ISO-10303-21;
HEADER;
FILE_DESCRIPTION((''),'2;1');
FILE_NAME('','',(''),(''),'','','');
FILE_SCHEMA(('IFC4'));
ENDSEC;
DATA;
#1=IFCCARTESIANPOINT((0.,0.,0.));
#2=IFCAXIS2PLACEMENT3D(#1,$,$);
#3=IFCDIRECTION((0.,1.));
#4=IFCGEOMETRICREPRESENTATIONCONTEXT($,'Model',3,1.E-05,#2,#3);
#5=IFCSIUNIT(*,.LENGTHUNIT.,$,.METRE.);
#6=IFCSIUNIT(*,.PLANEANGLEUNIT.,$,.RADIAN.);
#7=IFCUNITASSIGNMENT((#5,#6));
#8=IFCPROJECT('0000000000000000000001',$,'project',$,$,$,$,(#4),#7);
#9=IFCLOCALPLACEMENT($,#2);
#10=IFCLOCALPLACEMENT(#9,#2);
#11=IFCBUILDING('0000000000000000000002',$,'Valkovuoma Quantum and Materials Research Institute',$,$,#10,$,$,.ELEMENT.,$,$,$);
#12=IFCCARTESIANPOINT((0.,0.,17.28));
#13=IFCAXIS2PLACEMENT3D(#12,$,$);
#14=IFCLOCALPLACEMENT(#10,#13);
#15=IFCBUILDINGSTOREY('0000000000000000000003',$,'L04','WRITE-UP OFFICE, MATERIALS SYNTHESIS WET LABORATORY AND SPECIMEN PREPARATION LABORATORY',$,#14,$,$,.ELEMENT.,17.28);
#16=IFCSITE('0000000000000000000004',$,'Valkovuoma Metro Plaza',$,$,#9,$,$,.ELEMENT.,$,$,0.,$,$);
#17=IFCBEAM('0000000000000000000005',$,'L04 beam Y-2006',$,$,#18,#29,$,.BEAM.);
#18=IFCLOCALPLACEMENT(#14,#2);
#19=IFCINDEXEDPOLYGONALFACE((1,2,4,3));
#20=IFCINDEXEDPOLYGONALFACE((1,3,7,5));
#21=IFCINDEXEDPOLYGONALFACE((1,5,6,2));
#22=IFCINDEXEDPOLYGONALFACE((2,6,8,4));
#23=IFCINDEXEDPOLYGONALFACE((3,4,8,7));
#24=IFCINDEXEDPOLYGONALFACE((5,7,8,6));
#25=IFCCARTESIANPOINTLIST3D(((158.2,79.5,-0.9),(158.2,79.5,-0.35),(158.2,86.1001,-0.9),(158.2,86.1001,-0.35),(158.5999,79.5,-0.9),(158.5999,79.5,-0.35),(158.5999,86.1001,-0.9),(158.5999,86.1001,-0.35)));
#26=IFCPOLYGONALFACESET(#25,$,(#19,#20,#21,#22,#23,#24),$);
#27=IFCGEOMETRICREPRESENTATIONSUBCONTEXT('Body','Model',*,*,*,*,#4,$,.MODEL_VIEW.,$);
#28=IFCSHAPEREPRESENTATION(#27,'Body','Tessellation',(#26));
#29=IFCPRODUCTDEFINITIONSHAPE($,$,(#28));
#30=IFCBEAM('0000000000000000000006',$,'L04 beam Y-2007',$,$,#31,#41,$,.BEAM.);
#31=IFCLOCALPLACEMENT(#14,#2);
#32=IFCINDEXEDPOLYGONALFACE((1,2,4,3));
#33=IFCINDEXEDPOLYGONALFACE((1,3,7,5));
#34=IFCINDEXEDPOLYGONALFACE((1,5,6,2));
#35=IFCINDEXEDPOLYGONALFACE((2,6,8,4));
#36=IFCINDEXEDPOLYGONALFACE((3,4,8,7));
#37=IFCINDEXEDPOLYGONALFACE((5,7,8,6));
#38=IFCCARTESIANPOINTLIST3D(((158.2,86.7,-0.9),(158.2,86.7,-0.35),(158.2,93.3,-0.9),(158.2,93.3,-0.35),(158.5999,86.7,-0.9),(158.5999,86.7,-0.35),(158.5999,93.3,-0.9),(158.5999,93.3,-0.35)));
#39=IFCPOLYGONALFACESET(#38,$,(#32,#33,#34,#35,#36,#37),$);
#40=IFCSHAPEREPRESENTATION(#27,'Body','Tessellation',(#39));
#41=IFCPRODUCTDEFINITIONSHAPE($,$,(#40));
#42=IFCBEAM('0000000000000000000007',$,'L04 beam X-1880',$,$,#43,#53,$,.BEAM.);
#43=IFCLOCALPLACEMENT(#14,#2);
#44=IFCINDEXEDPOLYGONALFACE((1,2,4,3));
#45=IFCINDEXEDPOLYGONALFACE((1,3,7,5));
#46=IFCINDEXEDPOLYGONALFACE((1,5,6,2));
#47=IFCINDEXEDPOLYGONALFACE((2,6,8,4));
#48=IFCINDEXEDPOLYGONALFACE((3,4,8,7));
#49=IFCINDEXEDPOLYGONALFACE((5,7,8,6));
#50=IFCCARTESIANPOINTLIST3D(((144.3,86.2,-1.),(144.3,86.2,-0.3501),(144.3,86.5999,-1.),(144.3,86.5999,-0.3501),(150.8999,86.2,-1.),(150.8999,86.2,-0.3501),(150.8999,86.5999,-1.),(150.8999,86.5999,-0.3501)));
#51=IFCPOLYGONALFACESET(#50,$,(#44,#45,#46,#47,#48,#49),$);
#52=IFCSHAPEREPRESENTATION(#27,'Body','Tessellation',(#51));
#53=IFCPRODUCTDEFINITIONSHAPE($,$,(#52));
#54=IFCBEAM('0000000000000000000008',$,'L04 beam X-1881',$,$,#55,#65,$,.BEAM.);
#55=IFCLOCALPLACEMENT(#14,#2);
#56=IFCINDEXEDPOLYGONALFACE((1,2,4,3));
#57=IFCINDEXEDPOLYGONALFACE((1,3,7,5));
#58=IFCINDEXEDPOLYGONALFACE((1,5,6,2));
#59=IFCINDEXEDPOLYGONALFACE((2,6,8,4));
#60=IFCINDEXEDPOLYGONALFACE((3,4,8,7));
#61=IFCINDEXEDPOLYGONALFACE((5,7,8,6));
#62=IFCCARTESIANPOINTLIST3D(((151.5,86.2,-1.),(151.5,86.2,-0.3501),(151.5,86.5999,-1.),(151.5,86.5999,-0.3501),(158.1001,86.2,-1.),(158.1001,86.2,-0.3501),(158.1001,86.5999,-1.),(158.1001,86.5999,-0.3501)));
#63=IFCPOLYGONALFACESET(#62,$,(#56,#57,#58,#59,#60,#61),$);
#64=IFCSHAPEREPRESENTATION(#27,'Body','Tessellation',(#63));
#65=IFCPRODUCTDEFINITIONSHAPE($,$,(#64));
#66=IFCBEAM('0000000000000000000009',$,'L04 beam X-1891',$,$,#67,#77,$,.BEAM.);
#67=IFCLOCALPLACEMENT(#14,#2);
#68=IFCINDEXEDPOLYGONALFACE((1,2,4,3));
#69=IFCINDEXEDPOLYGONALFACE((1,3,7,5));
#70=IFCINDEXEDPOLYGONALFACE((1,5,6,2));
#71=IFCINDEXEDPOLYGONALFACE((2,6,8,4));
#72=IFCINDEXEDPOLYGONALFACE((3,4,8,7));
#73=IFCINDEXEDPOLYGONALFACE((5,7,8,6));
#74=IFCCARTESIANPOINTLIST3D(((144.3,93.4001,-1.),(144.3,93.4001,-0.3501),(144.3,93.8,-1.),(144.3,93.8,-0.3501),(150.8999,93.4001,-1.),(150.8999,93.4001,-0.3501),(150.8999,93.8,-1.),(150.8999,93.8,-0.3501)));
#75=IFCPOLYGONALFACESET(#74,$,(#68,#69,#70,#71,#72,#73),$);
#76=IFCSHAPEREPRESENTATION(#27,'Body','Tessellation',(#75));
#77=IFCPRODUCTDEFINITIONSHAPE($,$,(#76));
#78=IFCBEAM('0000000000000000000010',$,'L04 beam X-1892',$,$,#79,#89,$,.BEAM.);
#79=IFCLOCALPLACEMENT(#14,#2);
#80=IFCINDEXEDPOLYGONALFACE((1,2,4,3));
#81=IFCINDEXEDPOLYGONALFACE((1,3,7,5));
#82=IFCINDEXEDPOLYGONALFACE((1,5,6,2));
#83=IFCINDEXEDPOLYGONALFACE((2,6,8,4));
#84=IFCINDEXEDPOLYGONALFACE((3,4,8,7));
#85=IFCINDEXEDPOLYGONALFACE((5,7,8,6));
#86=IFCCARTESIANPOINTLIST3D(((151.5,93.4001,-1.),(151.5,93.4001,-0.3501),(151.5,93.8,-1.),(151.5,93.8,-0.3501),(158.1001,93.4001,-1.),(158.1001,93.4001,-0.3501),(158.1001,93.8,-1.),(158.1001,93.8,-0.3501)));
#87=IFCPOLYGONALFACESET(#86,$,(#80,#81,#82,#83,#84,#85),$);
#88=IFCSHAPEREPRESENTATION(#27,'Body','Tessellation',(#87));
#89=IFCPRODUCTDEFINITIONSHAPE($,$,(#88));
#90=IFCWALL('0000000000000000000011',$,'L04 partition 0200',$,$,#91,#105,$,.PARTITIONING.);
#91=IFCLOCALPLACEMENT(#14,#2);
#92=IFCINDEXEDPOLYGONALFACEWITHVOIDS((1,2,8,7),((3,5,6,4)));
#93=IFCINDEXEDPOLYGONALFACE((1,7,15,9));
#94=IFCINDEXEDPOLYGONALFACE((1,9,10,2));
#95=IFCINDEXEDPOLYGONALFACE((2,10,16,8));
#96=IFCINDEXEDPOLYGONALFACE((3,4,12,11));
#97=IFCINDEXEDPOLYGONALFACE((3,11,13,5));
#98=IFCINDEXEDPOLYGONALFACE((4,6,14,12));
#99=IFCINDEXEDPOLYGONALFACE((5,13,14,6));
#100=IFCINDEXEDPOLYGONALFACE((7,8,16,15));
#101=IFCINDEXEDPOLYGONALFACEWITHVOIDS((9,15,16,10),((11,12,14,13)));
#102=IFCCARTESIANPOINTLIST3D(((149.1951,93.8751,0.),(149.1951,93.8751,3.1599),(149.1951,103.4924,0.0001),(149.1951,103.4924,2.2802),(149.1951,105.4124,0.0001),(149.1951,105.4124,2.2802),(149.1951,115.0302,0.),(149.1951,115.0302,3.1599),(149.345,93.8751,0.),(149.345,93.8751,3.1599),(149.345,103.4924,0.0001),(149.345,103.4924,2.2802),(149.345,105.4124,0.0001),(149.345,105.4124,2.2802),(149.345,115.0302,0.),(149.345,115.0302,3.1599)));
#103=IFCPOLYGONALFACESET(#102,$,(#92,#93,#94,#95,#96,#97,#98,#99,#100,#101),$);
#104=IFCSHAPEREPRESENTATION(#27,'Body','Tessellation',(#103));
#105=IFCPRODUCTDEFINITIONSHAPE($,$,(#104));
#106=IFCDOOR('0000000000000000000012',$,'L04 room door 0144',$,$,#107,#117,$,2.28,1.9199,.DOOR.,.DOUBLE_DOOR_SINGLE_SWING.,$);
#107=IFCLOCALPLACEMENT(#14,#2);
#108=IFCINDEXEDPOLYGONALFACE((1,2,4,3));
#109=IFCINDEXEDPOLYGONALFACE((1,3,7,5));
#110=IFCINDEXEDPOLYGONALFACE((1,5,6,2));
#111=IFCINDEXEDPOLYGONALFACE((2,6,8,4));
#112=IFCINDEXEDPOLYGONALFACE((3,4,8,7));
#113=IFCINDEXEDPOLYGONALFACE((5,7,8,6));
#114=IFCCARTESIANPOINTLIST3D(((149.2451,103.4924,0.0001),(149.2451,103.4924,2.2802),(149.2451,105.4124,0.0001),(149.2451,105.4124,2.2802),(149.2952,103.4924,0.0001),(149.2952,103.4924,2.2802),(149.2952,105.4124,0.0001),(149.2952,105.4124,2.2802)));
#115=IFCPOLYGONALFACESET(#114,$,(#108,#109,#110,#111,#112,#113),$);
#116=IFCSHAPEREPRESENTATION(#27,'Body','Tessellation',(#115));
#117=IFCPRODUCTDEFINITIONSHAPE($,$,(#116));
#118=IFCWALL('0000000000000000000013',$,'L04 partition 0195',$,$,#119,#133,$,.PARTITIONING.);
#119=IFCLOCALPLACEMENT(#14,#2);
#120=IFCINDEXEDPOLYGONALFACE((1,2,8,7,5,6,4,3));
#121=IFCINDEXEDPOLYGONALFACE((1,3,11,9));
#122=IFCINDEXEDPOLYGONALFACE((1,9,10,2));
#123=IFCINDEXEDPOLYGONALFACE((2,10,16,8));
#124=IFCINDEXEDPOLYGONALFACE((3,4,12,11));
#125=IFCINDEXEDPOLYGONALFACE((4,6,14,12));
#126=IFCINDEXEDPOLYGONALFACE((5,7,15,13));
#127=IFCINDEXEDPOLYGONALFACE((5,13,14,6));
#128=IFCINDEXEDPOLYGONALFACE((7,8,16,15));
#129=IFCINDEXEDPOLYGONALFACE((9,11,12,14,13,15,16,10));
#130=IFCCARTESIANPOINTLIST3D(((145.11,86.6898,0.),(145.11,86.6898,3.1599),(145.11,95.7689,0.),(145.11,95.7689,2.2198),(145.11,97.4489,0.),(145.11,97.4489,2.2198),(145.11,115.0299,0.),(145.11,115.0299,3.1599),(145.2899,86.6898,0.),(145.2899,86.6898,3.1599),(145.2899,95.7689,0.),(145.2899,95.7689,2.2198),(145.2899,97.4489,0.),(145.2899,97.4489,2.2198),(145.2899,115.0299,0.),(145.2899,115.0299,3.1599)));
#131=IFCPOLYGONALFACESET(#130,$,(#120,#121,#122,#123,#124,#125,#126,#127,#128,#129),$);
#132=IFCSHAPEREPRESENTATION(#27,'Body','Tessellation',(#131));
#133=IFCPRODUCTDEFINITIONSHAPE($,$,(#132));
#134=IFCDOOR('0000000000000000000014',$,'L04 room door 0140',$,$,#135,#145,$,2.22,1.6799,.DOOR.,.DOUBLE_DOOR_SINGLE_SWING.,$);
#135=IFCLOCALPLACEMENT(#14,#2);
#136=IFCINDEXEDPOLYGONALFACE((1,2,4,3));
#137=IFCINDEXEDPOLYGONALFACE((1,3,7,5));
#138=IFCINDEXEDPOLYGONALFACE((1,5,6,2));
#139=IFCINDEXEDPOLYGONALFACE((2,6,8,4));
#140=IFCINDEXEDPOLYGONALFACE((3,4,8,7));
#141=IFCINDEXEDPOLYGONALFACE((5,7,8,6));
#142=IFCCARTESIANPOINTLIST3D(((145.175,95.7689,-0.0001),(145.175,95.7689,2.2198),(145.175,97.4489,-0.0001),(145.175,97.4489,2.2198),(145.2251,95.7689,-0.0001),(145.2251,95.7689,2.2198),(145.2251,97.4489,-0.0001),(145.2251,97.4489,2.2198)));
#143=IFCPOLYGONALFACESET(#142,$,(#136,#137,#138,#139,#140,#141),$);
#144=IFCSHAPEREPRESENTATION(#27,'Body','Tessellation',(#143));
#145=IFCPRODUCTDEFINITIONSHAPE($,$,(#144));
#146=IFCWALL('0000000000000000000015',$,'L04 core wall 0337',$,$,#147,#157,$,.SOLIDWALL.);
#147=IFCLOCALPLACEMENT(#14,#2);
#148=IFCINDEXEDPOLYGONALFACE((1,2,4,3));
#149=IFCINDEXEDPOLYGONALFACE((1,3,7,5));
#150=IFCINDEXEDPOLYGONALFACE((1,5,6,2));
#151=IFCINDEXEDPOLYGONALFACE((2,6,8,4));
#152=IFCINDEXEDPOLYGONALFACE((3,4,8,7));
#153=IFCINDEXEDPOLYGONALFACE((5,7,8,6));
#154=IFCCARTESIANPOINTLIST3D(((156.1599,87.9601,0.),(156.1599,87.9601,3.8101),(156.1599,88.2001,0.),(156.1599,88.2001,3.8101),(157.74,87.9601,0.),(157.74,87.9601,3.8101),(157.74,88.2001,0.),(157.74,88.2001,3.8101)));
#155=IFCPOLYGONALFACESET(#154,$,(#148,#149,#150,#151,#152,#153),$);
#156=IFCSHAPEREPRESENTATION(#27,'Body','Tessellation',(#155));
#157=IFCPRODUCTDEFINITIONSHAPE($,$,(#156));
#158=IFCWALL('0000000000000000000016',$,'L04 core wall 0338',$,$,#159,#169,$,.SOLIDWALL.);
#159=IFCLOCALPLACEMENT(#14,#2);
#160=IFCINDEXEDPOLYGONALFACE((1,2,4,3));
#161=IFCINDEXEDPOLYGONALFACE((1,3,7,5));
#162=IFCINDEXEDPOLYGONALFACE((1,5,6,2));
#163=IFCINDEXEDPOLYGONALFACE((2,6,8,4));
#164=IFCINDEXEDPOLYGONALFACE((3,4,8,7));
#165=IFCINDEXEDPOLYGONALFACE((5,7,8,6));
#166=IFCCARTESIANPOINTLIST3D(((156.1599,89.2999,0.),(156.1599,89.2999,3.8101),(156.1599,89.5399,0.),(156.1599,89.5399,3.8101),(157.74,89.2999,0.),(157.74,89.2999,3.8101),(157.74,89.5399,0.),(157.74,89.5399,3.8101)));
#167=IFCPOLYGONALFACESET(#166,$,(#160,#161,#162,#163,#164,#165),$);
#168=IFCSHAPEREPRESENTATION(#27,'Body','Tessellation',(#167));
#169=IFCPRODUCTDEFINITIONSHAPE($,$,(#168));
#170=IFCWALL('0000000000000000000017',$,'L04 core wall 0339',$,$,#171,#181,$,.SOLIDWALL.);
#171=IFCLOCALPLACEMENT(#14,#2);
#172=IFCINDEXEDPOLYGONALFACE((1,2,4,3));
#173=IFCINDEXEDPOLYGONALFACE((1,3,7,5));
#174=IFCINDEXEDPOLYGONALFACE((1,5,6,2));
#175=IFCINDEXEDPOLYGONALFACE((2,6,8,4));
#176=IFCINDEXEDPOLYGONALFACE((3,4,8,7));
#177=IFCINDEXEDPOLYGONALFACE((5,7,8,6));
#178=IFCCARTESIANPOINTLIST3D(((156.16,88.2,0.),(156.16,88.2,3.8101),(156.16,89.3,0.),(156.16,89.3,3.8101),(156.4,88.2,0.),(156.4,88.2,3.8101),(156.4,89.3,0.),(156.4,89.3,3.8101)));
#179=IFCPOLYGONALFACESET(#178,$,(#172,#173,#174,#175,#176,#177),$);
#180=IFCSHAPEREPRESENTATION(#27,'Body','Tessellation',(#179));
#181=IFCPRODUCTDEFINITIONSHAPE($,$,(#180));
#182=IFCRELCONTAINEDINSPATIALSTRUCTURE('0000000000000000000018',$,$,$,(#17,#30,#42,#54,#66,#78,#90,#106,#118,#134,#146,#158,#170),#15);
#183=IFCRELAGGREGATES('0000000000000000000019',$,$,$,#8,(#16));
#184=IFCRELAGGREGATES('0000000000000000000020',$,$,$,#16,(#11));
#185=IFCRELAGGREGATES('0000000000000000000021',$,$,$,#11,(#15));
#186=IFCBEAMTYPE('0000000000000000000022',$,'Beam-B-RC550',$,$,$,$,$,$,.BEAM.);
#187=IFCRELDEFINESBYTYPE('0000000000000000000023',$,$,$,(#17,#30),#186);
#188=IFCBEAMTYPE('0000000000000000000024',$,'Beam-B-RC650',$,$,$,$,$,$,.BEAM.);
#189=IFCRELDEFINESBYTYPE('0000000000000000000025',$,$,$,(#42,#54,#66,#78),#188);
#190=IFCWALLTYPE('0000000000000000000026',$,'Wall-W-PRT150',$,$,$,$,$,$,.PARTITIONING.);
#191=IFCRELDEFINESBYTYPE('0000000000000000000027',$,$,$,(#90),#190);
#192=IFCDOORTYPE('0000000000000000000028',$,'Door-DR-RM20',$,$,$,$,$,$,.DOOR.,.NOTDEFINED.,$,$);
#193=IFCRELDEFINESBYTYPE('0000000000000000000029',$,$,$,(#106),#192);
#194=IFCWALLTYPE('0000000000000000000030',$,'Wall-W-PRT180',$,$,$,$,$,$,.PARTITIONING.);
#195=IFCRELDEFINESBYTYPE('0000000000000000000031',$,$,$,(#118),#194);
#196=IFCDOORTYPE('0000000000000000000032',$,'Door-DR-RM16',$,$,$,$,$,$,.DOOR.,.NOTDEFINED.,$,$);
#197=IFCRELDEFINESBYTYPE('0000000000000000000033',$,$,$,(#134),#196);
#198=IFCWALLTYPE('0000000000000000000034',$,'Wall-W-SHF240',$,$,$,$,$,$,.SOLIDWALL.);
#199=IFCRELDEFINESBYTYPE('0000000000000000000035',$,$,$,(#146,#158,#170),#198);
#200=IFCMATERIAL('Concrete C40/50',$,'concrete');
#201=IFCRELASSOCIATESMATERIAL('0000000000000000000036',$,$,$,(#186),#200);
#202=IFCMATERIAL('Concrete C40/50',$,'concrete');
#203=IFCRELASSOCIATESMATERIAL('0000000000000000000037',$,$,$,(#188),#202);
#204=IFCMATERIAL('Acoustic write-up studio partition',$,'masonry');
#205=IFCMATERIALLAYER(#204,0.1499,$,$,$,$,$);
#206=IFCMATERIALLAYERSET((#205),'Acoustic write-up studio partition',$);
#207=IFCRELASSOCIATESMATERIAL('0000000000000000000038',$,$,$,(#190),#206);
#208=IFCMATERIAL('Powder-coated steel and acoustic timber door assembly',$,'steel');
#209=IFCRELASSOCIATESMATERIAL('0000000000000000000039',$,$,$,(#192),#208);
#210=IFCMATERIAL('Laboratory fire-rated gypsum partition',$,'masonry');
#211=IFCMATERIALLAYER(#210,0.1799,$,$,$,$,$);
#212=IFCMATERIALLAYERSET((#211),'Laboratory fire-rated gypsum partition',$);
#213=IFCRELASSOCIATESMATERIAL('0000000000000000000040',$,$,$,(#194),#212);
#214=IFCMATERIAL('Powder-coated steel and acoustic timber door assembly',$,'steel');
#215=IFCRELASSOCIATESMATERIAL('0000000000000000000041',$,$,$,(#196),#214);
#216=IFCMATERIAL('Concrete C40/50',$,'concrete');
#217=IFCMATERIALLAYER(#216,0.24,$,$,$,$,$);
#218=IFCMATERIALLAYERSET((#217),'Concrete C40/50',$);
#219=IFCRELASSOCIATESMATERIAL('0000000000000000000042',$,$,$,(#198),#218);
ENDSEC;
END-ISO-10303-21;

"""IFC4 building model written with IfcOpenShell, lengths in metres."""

from ifc_helpers import new_model, si_unit, direction, frame, frame_2d, origin, origin_2d, place, context, subcontext, project, spatial, rectangle, extrude, material, layer, layer_set, material_profile, profile_set, type_object, element, fill, save


model = new_model("IFC4")

# Units and contexts
model_context = context("Model", 3, precision=1e-05, world=origin(), true_north=direction((0.0, 1.0)))
body_context = subcontext(model_context, "Body", "Model", "MODEL_VIEW")
ifc_project = project(units=[si_unit("LENGTHUNIT", "METRE"), si_unit("PLANEANGLEUNIT", "RADIAN")], contexts=[model_context])

# Site, building, storey
site_placement = place(None, origin())
site = spatial("IfcSite", under=ifc_project, at=site_placement, Name="Valkovuoma Metro Plaza", CompositionType="ELEMENT", RefElevation=0.0)
building_placement = place(site_placement, origin())
building = spatial("IfcBuilding", under=site, at=building_placement, Name="Valkovuoma Quantum and Materials Research Institute", CompositionType="ELEMENT")
storey_placement = place(building_placement, frame((0.0, 0.0, 17.28)))
storey = spatial("IfcBuildingStorey", under=building, at=storey_placement, Name="L04", Description="WRITE-UP OFFICE, MATERIALS SYNTHESIS WET LABORATORY AND SPECIMEN PREPARATION LABORATORY", CompositionType="ELEMENT", Elevation=17.28)

# Beams
ifc_material_1 = material(Name="Concrete C40/50", Category="concrete")
ifc_material_profile_1 = material_profile(ifc_material_1, rectangle(XDim=0.3999, YDim=0.55, at=origin_2d()), Name="Concrete C40/50")
ifc_profile_set_1 = profile_set([ifc_material_profile_1], Name="Concrete C40/50")
beam_type_1 = type_object("IfcBeamType", Name="Beam-B-RC550", PredefinedType="BEAM", material=ifc_profile_set_1)
for number, where, z_axis, x_axis, name in (
    (1, (158.3999, 79.5, -0.625), (0.0, 1.0, 0.0), (-1.0, 0.0, 0.0), "L04 beam Y-2006"),
    (2, (158.3999, 86.7, -0.625), (0.0, 1.0, 0.0), (-1.0, 0.0, 0.0), "L04 beam Y-2007"),
):
    element("IfcBeam", number, at=place(storey_placement, frame(where, z_axis=z_axis, x_axis=x_axis)), inside=storey, type_object=beam_type_1, Name=name, PredefinedType="BEAM", context=body_context, shape_type="SweptSolid", body=[
        extrude(rectangle(XDim=0.3999, YDim=0.55, at=origin_2d()), origin(), (0.0, 0.0, 1.0), 6.6001),
    ])
ifc_material_2 = material(Name="Concrete C40/50", Category="concrete")
ifc_material_profile_2 = material_profile(ifc_material_2, rectangle(XDim=0.3999, YDim=0.6499, at=origin_2d()), Name="Concrete C40/50")
ifc_profile_set_2 = profile_set([ifc_material_profile_2], Name="Concrete C40/50")
beam_type_2 = type_object("IfcBeamType", Name="Beam-B-RC650", PredefinedType="BEAM", material=ifc_profile_set_2)
beam_1_placement = place(storey_placement, frame((144.3, 86.3999, -0.675), z_axis=(1.0, 0.0, 0.0), x_axis=(0.0, 1.0, 0.0)))
element("IfcBeam", 3, at=beam_1_placement, inside=storey, type_object=beam_type_2, Name="L04 beam X-1880", PredefinedType="BEAM", context=body_context, shape_type="SweptSolid", body=[
    extrude(rectangle(XDim=0.3999, YDim=0.6499, at=origin_2d()), origin(), (0.0, 0.0, 1.0), 6.5999),
])
beam_2_placement = place(storey_placement, frame((151.5, 86.3999, -0.675), z_axis=(1.0, 0.0, 0.0), x_axis=(0.0, 1.0, 0.0)))
element("IfcBeam", 4, at=beam_2_placement, inside=storey, type_object=beam_type_2, Name="L04 beam X-1881", PredefinedType="BEAM", context=body_context, shape_type="SweptSolid", body=[
    extrude(rectangle(XDim=0.3999, YDim=0.6499, at=origin_2d()), origin(), (0.0, 0.0, 1.0), 6.6001),
])
beam_3_placement = place(storey_placement, frame((144.3, 93.6001, -0.675), z_axis=(1.0, 0.0, 0.0), x_axis=(0.0, 1.0, 0.0)))
element("IfcBeam", 5, at=beam_3_placement, inside=storey, type_object=beam_type_2, Name="L04 beam X-1891", PredefinedType="BEAM", context=body_context, shape_type="SweptSolid", body=[
    extrude(rectangle(XDim=0.3999, YDim=0.6499, at=origin_2d()), origin(), (0.0, 0.0, 1.0), 6.5999),
])
beam_4_placement = place(storey_placement, frame((151.5, 93.6001, -0.675), z_axis=(1.0, 0.0, 0.0), x_axis=(0.0, 1.0, 0.0)))
element("IfcBeam", 6, at=beam_4_placement, inside=storey, type_object=beam_type_2, Name="L04 beam X-1892", PredefinedType="BEAM", context=body_context, shape_type="SweptSolid", body=[
    extrude(rectangle(XDim=0.3999, YDim=0.6499, at=origin_2d()), origin(), (0.0, 0.0, 1.0), 6.6001),
])

# Walls, openings, doors
ifc_material_3 = material(Name="Acoustic write-up studio partition", Category="masonry")
ifc_layer_1 = layer(ifc_material_3, 0.1499)
ifc_layer_set_1 = layer_set([ifc_layer_1], Name="Acoustic write-up studio partition")
wall_type_1 = type_object("IfcWallType", Name="Wall-W-PRT150", PredefinedType="PARTITIONING", material=ifc_layer_set_1)
wall_1_placement = place(storey_placement, frame((149.27, 93.875, 0.0), z_axis=(0.0, 0.0, 1.0), x_axis=(0.0, 1.0, 0.0)))
wall_1 = element("IfcWall", 7, at=wall_1_placement, inside=storey, type_object=wall_type_1, Name="L04 partition 0200", PredefinedType="PARTITIONING", context=body_context, shape_type="SweptSolid", body=[
    extrude(rectangle(XDim=21.155, YDim=0.1499, at=frame_2d((10.5776, 0.0))), origin(), (0.0, 0.0, 1.0), 3.1599),
])
opening_1_placement = place(wall_1_placement, frame((9.6174, 0.0, 0.0)))
opening_1 = element("IfcOpeningElement", 8, at=opening_1_placement, cuts=wall_1, PredefinedType="OPENING", context=body_context, shape_type="SweptSolid", body=[
    extrude(rectangle(XDim=1.9199, YDim=2.28, at=frame_2d((0.96, 1.1401))), frame((0.0, 0.085, 0.0), z_axis=(0.0, -1.0, 0.0), x_axis=(1.0, 0.0, 0.0)), (0.0, 0.0, 1.0), 0.1699),
])
ifc_material_4 = material(Name="Powder-coated steel and acoustic timber door assembly", Category="steel")
door_type_1 = type_object("IfcDoorType", Name="Door-DR-RM20", OperationType="NOTDEFINED", PredefinedType="DOOR", material=ifc_material_4)
door_1_placement = place(opening_1_placement, origin())
door_1 = element("IfcDoor", 9, at=door_1_placement, inside=storey, type_object=door_type_1, Name="L04 room door 0144", OperationType="DOUBLE_DOOR_SINGLE_SWING", OverallHeight=2.28, OverallWidth=1.9199, PredefinedType="DOOR", context=body_context, shape_type="SweptSolid", body=[
    extrude(rectangle(XDim=1.9199, YDim=2.28, at=frame_2d((0.96, 1.1401))), frame((0.0, 0.0249, 0.0), z_axis=(0.0, -1.0, 0.0), x_axis=(1.0, 0.0, 0.0)), (0.0, 0.0, 1.0), 0.05),
])
fill(opening_1, door_1)
ifc_material_5 = material(Name="Laboratory fire-rated gypsum partition", Category="masonry")
ifc_layer_2 = layer(ifc_material_5, 0.1799)
ifc_layer_set_2 = layer_set([ifc_layer_2], Name="Laboratory fire-rated gypsum partition")
wall_type_2 = type_object("IfcWallType", Name="Wall-W-PRT180", PredefinedType="PARTITIONING", material=ifc_layer_set_2)
wall_2_placement = place(storey_placement, frame((145.2, 86.6899, 0.0), z_axis=(0.0, 0.0, 1.0), x_axis=(0.0, 1.0, 0.0)))
wall_2 = element("IfcWall", 10, at=wall_2_placement, inside=storey, type_object=wall_type_2, Name="L04 partition 0195", PredefinedType="PARTITIONING", context=body_context, shape_type="SweptSolid", body=[
    extrude(rectangle(XDim=28.3401, YDim=0.1799, at=frame_2d((14.1699, 0.0))), origin(), (0.0, 0.0, 1.0), 3.1599),
])
opening_2_placement = place(wall_2_placement, frame((9.0791, 0.0, 0.0)))
opening_2 = element("IfcOpeningElement", 11, at=opening_2_placement, cuts=wall_2, PredefinedType="OPENING", context=body_context, shape_type="SweptSolid", body=[
    extrude(rectangle(XDim=1.6799, YDim=2.22, at=frame_2d((0.8398, 1.1099))), frame((0.0, 0.1001, 0.0), z_axis=(0.0, -1.0, 0.0), x_axis=(1.0, 0.0, 0.0)), (0.0, 0.0, 1.0), 0.2),
])
ifc_material_6 = material(Name="Powder-coated steel and acoustic timber door assembly", Category="steel")
door_type_2 = type_object("IfcDoorType", Name="Door-DR-RM16", OperationType="NOTDEFINED", PredefinedType="DOOR", material=ifc_material_6)
door_2_placement = place(opening_2_placement, origin())
door_2 = element("IfcDoor", 12, at=door_2_placement, inside=storey, type_object=door_type_2, Name="L04 room door 0140", OperationType="DOUBLE_DOOR_SINGLE_SWING", OverallHeight=2.22, OverallWidth=1.6799, PredefinedType="DOOR", context=body_context, shape_type="SweptSolid", body=[
    extrude(rectangle(XDim=1.6799, YDim=2.22, at=frame_2d((0.8398, 1.1099))), frame((0.0, 0.0249, 0.0), z_axis=(0.0, -1.0, 0.0), x_axis=(1.0, 0.0, 0.0)), (0.0, 0.0, 1.0), 0.05),
])
fill(opening_2, door_2)

# Walls
ifc_material_7 = material(Name="Concrete C40/50", Category="concrete")
ifc_layer_3 = layer(ifc_material_7, 0.24)
ifc_layer_set_3 = layer_set([ifc_layer_3], Name="Concrete C40/50")
wall_type_3 = type_object("IfcWallType", Name="Wall-W-SHF240", PredefinedType="SOLIDWALL", material=ifc_layer_set_3)
for number, where, z_axis, x_axis, name in (
    (13, (156.1599, 88.0801, 0.0), (0.0, 0.0, 1.0), (1.0, 0.0, 0.0), "L04 core wall 0337"),
    (14, (156.1599, 89.4199, 0.0), (0.0, 0.0, 1.0), (1.0, 0.0, 0.0), "L04 core wall 0338"),
):
    element("IfcWall", number, at=place(storey_placement, frame(where, z_axis=z_axis, x_axis=x_axis)), inside=storey, type_object=wall_type_3, Name=name, PredefinedType="SOLIDWALL", context=body_context, shape_type="SweptSolid", body=[
        extrude(rectangle(XDim=1.5801, YDim=0.24, at=frame_2d((0.79, 0.0))), origin(), (0.0, 0.0, 1.0), 3.8101),
    ])
for number, where, z_axis, x_axis, name in (
    (15, (156.28, 88.2, 0.0), (0.0, 0.0, 1.0), (0.0, 1.0, 0.0), "L04 core wall 0339"),
):
    element("IfcWall", number, at=place(storey_placement, frame(where, z_axis=z_axis, x_axis=x_axis)), inside=storey, type_object=wall_type_3, Name=name, PredefinedType="SOLIDWALL", context=body_context, shape_type="SweptSolid", body=[
        extrude(rectangle(XDim=1.1001, YDim=0.24, at=frame_2d((0.55, 0.0))), origin(), (0.0, 0.0, 1.0), 3.8101),
    ])

save(model, "model.ifc")
